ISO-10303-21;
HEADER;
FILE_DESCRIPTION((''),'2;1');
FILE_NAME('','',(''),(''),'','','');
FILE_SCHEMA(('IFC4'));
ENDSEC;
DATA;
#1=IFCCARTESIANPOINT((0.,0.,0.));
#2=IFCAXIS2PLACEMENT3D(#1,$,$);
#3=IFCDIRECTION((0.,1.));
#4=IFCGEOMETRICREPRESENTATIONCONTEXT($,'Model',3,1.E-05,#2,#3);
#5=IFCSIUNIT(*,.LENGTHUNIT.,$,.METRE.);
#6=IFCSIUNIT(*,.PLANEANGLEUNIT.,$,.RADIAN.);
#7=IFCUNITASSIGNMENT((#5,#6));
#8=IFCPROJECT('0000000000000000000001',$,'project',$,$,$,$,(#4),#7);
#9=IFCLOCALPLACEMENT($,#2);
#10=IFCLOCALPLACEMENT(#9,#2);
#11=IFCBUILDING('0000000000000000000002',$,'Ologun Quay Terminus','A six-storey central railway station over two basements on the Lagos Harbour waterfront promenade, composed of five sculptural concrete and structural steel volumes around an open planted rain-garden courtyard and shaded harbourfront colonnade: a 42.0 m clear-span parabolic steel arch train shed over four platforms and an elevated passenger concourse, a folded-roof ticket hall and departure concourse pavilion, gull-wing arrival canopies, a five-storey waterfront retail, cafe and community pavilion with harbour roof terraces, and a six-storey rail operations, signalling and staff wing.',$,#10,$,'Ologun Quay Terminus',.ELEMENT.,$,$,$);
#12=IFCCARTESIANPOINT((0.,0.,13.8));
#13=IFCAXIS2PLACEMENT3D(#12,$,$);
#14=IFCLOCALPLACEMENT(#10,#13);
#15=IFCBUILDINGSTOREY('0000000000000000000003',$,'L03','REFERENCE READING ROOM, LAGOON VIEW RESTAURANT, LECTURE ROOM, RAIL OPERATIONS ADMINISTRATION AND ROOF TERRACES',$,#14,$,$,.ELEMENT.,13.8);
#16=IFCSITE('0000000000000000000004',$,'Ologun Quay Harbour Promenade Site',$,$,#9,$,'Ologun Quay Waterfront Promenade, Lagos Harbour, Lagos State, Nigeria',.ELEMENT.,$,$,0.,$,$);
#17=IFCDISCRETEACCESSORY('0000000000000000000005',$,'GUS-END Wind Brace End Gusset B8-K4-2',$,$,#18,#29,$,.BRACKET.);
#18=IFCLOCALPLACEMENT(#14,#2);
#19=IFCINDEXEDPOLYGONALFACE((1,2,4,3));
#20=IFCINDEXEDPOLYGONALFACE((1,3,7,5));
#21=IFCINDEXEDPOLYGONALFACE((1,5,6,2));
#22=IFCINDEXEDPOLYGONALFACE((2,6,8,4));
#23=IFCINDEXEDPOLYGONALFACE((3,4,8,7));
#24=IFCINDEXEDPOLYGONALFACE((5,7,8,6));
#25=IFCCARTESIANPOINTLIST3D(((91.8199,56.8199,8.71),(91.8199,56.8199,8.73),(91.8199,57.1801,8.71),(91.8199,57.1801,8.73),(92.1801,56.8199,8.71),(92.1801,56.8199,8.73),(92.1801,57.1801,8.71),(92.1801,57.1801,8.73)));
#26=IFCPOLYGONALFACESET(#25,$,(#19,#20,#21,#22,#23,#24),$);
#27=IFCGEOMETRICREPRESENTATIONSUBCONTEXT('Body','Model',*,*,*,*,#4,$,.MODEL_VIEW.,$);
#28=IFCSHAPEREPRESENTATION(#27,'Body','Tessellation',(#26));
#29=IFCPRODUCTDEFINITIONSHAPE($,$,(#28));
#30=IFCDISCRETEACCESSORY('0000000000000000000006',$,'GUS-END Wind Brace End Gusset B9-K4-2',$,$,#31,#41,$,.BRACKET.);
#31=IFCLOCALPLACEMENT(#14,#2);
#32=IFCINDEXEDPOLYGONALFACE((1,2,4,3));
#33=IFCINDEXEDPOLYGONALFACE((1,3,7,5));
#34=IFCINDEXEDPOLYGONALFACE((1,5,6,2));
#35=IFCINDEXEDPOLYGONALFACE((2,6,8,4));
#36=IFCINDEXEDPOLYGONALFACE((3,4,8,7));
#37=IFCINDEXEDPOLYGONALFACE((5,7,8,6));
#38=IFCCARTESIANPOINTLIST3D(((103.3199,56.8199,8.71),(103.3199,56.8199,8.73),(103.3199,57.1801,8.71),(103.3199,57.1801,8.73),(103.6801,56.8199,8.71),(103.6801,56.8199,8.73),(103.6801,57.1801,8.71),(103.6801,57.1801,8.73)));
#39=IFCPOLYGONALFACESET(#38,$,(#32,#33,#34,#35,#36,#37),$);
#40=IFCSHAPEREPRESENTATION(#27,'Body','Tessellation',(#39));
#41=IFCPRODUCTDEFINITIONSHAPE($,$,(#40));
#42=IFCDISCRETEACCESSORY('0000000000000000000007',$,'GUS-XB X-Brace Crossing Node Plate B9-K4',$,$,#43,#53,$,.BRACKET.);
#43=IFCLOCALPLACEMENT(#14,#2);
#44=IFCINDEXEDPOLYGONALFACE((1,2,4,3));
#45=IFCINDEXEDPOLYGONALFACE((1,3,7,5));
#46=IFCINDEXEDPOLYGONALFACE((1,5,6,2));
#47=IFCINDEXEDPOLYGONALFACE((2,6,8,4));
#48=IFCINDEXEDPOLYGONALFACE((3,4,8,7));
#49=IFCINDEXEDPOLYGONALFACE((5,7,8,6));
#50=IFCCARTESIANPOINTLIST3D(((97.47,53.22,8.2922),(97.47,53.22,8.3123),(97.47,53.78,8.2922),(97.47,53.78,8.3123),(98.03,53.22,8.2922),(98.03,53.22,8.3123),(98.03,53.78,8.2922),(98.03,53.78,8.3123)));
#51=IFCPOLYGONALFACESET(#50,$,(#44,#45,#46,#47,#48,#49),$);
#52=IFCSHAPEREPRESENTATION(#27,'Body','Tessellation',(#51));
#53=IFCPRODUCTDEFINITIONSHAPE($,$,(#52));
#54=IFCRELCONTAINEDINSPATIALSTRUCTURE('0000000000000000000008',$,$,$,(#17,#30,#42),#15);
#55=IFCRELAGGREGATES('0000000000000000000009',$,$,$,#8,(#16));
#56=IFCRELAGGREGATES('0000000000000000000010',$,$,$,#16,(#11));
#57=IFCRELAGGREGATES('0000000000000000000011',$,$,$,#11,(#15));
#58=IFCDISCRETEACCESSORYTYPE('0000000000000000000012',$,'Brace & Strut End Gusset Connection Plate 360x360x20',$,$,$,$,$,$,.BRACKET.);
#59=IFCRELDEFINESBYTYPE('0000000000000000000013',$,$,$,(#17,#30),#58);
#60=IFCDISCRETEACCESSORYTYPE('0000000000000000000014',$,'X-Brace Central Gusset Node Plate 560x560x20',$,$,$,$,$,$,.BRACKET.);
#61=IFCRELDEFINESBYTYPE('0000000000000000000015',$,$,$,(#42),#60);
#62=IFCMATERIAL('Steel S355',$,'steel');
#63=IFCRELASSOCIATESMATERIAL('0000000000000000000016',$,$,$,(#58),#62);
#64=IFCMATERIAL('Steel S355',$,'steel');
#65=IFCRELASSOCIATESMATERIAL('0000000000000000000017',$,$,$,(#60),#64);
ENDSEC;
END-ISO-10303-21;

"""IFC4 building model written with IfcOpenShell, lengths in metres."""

from ifc_helpers import new_model, si_unit, direction, frame, origin, origin_2d, place, context, subcontext, project, spatial, rectangle, extrude, material, type_object, element, save


model = new_model("IFC4")

# Units and contexts
model_context = context("Model", 3, precision=1e-05, world=origin(), true_north=direction((0.0, 1.0)))
body_context = subcontext(model_context, "Body", "Model", "MODEL_VIEW")
ifc_project = project(units=[si_unit("LENGTHUNIT", "METRE"), si_unit("PLANEANGLEUNIT", "RADIAN")], contexts=[model_context])

# Site, building, storey
site_placement = place(None, origin())
site = spatial("IfcSite", under=ifc_project, at=site_placement, Name="Ologun Quay Harbour Promenade Site", LongName="Ologun Quay Waterfront Promenade, Lagos Harbour, Lagos State, Nigeria", CompositionType="ELEMENT", RefElevation=0.0)
building_placement = place(site_placement, origin())
building = spatial("IfcBuilding", under=site, at=building_placement, Name="Ologun Quay Terminus", Description="A six-storey central railway station over two basements on the Lagos Harbour waterfront promenade, composed of five sculptural concrete and structural steel volumes around an open planted rain-garden courtyard and shaded harbourfront colonnade: a 42.0 m clear-span parabolic steel arch train shed over four platforms and an elevated passenger concourse, a folded-roof ticket hall and departure concourse pavilion, gull-wing arrival canopies, a five-storey waterfront retail, cafe and community pavilion with harbour roof terraces, and a six-storey rail operations, signalling and staff wing.", LongName="Ologun Quay Terminus", CompositionType="ELEMENT")
storey_placement = place(building_placement, frame((0.0, 0.0, 13.8)))
storey = spatial("IfcBuildingStorey", under=building, at=storey_placement, Name="L03", Description="REFERENCE READING ROOM, LAGOON VIEW RESTAURANT, LECTURE ROOM, RAIL OPERATIONS ADMINISTRATION AND ROOF TERRACES", CompositionType="ELEMENT", Elevation=13.8)

# Discrete accessories
ifc_material_1 = material(Name="Steel S355", Category="steel")
discrete_accessory_type_1 = type_object("IfcDiscreteAccessoryType", Name="Brace & Strut End Gusset Connection Plate 360x360x20", PredefinedType="BRACKET", material=ifc_material_1)
for number, where, z_axis, x_axis, name in (
    (1, (92.0, 57.0, 8.71), (0.0, 0.0, 1.0), (1.0, 0.0, 0.0), "GUS-END Wind Brace End Gusset B8-K4-2"),
    (2, (103.5, 57.0, 8.71), (0.0, 0.0, 1.0), (1.0, 0.0, 0.0), "GUS-END Wind Brace End Gusset B9-K4-2"),
):
    element("IfcDiscreteAccessory", number, at=place(storey_placement, frame(where, z_axis=z_axis, x_axis=x_axis)), inside=storey, type_object=discrete_accessory_type_1, Name=name, PredefinedType="BRACKET", context=body_context, shape_type="SweptSolid", body=[
        extrude(rectangle(XDim=0.3601, YDim=0.3601, at=origin_2d()), origin(), (0.0, 0.0, 1.0), 0.02),
    ])
ifc_material_2 = material(Name="Steel S355", Category="steel")
discrete_accessory_type_2 = type_object("IfcDiscreteAccessoryType", Name="X-Brace Central Gusset Node Plate 560x560x20", PredefinedType="BRACKET", material=ifc_material_2)
discrete_accessory_placement = place(storey_placement, frame((97.75, 53.5, 8.2922), z_axis=(0.0, 0.0, 1.0), x_axis=(1.0, 0.0, 0.0)))
element("IfcDiscreteAccessory", 3, at=discrete_accessory_placement, inside=storey, type_object=discrete_accessory_type_2, Name="GUS-XB X-Brace Crossing Node Plate B9-K4", PredefinedType="BRACKET", context=body_context, shape_type="SweptSolid", body=[
    extrude(rectangle(XDim=0.5601, YDim=0.5601, at=origin_2d()), origin(), (0.0, 0.0, 1.0), 0.02),
])

save(model, "model.ifc")
